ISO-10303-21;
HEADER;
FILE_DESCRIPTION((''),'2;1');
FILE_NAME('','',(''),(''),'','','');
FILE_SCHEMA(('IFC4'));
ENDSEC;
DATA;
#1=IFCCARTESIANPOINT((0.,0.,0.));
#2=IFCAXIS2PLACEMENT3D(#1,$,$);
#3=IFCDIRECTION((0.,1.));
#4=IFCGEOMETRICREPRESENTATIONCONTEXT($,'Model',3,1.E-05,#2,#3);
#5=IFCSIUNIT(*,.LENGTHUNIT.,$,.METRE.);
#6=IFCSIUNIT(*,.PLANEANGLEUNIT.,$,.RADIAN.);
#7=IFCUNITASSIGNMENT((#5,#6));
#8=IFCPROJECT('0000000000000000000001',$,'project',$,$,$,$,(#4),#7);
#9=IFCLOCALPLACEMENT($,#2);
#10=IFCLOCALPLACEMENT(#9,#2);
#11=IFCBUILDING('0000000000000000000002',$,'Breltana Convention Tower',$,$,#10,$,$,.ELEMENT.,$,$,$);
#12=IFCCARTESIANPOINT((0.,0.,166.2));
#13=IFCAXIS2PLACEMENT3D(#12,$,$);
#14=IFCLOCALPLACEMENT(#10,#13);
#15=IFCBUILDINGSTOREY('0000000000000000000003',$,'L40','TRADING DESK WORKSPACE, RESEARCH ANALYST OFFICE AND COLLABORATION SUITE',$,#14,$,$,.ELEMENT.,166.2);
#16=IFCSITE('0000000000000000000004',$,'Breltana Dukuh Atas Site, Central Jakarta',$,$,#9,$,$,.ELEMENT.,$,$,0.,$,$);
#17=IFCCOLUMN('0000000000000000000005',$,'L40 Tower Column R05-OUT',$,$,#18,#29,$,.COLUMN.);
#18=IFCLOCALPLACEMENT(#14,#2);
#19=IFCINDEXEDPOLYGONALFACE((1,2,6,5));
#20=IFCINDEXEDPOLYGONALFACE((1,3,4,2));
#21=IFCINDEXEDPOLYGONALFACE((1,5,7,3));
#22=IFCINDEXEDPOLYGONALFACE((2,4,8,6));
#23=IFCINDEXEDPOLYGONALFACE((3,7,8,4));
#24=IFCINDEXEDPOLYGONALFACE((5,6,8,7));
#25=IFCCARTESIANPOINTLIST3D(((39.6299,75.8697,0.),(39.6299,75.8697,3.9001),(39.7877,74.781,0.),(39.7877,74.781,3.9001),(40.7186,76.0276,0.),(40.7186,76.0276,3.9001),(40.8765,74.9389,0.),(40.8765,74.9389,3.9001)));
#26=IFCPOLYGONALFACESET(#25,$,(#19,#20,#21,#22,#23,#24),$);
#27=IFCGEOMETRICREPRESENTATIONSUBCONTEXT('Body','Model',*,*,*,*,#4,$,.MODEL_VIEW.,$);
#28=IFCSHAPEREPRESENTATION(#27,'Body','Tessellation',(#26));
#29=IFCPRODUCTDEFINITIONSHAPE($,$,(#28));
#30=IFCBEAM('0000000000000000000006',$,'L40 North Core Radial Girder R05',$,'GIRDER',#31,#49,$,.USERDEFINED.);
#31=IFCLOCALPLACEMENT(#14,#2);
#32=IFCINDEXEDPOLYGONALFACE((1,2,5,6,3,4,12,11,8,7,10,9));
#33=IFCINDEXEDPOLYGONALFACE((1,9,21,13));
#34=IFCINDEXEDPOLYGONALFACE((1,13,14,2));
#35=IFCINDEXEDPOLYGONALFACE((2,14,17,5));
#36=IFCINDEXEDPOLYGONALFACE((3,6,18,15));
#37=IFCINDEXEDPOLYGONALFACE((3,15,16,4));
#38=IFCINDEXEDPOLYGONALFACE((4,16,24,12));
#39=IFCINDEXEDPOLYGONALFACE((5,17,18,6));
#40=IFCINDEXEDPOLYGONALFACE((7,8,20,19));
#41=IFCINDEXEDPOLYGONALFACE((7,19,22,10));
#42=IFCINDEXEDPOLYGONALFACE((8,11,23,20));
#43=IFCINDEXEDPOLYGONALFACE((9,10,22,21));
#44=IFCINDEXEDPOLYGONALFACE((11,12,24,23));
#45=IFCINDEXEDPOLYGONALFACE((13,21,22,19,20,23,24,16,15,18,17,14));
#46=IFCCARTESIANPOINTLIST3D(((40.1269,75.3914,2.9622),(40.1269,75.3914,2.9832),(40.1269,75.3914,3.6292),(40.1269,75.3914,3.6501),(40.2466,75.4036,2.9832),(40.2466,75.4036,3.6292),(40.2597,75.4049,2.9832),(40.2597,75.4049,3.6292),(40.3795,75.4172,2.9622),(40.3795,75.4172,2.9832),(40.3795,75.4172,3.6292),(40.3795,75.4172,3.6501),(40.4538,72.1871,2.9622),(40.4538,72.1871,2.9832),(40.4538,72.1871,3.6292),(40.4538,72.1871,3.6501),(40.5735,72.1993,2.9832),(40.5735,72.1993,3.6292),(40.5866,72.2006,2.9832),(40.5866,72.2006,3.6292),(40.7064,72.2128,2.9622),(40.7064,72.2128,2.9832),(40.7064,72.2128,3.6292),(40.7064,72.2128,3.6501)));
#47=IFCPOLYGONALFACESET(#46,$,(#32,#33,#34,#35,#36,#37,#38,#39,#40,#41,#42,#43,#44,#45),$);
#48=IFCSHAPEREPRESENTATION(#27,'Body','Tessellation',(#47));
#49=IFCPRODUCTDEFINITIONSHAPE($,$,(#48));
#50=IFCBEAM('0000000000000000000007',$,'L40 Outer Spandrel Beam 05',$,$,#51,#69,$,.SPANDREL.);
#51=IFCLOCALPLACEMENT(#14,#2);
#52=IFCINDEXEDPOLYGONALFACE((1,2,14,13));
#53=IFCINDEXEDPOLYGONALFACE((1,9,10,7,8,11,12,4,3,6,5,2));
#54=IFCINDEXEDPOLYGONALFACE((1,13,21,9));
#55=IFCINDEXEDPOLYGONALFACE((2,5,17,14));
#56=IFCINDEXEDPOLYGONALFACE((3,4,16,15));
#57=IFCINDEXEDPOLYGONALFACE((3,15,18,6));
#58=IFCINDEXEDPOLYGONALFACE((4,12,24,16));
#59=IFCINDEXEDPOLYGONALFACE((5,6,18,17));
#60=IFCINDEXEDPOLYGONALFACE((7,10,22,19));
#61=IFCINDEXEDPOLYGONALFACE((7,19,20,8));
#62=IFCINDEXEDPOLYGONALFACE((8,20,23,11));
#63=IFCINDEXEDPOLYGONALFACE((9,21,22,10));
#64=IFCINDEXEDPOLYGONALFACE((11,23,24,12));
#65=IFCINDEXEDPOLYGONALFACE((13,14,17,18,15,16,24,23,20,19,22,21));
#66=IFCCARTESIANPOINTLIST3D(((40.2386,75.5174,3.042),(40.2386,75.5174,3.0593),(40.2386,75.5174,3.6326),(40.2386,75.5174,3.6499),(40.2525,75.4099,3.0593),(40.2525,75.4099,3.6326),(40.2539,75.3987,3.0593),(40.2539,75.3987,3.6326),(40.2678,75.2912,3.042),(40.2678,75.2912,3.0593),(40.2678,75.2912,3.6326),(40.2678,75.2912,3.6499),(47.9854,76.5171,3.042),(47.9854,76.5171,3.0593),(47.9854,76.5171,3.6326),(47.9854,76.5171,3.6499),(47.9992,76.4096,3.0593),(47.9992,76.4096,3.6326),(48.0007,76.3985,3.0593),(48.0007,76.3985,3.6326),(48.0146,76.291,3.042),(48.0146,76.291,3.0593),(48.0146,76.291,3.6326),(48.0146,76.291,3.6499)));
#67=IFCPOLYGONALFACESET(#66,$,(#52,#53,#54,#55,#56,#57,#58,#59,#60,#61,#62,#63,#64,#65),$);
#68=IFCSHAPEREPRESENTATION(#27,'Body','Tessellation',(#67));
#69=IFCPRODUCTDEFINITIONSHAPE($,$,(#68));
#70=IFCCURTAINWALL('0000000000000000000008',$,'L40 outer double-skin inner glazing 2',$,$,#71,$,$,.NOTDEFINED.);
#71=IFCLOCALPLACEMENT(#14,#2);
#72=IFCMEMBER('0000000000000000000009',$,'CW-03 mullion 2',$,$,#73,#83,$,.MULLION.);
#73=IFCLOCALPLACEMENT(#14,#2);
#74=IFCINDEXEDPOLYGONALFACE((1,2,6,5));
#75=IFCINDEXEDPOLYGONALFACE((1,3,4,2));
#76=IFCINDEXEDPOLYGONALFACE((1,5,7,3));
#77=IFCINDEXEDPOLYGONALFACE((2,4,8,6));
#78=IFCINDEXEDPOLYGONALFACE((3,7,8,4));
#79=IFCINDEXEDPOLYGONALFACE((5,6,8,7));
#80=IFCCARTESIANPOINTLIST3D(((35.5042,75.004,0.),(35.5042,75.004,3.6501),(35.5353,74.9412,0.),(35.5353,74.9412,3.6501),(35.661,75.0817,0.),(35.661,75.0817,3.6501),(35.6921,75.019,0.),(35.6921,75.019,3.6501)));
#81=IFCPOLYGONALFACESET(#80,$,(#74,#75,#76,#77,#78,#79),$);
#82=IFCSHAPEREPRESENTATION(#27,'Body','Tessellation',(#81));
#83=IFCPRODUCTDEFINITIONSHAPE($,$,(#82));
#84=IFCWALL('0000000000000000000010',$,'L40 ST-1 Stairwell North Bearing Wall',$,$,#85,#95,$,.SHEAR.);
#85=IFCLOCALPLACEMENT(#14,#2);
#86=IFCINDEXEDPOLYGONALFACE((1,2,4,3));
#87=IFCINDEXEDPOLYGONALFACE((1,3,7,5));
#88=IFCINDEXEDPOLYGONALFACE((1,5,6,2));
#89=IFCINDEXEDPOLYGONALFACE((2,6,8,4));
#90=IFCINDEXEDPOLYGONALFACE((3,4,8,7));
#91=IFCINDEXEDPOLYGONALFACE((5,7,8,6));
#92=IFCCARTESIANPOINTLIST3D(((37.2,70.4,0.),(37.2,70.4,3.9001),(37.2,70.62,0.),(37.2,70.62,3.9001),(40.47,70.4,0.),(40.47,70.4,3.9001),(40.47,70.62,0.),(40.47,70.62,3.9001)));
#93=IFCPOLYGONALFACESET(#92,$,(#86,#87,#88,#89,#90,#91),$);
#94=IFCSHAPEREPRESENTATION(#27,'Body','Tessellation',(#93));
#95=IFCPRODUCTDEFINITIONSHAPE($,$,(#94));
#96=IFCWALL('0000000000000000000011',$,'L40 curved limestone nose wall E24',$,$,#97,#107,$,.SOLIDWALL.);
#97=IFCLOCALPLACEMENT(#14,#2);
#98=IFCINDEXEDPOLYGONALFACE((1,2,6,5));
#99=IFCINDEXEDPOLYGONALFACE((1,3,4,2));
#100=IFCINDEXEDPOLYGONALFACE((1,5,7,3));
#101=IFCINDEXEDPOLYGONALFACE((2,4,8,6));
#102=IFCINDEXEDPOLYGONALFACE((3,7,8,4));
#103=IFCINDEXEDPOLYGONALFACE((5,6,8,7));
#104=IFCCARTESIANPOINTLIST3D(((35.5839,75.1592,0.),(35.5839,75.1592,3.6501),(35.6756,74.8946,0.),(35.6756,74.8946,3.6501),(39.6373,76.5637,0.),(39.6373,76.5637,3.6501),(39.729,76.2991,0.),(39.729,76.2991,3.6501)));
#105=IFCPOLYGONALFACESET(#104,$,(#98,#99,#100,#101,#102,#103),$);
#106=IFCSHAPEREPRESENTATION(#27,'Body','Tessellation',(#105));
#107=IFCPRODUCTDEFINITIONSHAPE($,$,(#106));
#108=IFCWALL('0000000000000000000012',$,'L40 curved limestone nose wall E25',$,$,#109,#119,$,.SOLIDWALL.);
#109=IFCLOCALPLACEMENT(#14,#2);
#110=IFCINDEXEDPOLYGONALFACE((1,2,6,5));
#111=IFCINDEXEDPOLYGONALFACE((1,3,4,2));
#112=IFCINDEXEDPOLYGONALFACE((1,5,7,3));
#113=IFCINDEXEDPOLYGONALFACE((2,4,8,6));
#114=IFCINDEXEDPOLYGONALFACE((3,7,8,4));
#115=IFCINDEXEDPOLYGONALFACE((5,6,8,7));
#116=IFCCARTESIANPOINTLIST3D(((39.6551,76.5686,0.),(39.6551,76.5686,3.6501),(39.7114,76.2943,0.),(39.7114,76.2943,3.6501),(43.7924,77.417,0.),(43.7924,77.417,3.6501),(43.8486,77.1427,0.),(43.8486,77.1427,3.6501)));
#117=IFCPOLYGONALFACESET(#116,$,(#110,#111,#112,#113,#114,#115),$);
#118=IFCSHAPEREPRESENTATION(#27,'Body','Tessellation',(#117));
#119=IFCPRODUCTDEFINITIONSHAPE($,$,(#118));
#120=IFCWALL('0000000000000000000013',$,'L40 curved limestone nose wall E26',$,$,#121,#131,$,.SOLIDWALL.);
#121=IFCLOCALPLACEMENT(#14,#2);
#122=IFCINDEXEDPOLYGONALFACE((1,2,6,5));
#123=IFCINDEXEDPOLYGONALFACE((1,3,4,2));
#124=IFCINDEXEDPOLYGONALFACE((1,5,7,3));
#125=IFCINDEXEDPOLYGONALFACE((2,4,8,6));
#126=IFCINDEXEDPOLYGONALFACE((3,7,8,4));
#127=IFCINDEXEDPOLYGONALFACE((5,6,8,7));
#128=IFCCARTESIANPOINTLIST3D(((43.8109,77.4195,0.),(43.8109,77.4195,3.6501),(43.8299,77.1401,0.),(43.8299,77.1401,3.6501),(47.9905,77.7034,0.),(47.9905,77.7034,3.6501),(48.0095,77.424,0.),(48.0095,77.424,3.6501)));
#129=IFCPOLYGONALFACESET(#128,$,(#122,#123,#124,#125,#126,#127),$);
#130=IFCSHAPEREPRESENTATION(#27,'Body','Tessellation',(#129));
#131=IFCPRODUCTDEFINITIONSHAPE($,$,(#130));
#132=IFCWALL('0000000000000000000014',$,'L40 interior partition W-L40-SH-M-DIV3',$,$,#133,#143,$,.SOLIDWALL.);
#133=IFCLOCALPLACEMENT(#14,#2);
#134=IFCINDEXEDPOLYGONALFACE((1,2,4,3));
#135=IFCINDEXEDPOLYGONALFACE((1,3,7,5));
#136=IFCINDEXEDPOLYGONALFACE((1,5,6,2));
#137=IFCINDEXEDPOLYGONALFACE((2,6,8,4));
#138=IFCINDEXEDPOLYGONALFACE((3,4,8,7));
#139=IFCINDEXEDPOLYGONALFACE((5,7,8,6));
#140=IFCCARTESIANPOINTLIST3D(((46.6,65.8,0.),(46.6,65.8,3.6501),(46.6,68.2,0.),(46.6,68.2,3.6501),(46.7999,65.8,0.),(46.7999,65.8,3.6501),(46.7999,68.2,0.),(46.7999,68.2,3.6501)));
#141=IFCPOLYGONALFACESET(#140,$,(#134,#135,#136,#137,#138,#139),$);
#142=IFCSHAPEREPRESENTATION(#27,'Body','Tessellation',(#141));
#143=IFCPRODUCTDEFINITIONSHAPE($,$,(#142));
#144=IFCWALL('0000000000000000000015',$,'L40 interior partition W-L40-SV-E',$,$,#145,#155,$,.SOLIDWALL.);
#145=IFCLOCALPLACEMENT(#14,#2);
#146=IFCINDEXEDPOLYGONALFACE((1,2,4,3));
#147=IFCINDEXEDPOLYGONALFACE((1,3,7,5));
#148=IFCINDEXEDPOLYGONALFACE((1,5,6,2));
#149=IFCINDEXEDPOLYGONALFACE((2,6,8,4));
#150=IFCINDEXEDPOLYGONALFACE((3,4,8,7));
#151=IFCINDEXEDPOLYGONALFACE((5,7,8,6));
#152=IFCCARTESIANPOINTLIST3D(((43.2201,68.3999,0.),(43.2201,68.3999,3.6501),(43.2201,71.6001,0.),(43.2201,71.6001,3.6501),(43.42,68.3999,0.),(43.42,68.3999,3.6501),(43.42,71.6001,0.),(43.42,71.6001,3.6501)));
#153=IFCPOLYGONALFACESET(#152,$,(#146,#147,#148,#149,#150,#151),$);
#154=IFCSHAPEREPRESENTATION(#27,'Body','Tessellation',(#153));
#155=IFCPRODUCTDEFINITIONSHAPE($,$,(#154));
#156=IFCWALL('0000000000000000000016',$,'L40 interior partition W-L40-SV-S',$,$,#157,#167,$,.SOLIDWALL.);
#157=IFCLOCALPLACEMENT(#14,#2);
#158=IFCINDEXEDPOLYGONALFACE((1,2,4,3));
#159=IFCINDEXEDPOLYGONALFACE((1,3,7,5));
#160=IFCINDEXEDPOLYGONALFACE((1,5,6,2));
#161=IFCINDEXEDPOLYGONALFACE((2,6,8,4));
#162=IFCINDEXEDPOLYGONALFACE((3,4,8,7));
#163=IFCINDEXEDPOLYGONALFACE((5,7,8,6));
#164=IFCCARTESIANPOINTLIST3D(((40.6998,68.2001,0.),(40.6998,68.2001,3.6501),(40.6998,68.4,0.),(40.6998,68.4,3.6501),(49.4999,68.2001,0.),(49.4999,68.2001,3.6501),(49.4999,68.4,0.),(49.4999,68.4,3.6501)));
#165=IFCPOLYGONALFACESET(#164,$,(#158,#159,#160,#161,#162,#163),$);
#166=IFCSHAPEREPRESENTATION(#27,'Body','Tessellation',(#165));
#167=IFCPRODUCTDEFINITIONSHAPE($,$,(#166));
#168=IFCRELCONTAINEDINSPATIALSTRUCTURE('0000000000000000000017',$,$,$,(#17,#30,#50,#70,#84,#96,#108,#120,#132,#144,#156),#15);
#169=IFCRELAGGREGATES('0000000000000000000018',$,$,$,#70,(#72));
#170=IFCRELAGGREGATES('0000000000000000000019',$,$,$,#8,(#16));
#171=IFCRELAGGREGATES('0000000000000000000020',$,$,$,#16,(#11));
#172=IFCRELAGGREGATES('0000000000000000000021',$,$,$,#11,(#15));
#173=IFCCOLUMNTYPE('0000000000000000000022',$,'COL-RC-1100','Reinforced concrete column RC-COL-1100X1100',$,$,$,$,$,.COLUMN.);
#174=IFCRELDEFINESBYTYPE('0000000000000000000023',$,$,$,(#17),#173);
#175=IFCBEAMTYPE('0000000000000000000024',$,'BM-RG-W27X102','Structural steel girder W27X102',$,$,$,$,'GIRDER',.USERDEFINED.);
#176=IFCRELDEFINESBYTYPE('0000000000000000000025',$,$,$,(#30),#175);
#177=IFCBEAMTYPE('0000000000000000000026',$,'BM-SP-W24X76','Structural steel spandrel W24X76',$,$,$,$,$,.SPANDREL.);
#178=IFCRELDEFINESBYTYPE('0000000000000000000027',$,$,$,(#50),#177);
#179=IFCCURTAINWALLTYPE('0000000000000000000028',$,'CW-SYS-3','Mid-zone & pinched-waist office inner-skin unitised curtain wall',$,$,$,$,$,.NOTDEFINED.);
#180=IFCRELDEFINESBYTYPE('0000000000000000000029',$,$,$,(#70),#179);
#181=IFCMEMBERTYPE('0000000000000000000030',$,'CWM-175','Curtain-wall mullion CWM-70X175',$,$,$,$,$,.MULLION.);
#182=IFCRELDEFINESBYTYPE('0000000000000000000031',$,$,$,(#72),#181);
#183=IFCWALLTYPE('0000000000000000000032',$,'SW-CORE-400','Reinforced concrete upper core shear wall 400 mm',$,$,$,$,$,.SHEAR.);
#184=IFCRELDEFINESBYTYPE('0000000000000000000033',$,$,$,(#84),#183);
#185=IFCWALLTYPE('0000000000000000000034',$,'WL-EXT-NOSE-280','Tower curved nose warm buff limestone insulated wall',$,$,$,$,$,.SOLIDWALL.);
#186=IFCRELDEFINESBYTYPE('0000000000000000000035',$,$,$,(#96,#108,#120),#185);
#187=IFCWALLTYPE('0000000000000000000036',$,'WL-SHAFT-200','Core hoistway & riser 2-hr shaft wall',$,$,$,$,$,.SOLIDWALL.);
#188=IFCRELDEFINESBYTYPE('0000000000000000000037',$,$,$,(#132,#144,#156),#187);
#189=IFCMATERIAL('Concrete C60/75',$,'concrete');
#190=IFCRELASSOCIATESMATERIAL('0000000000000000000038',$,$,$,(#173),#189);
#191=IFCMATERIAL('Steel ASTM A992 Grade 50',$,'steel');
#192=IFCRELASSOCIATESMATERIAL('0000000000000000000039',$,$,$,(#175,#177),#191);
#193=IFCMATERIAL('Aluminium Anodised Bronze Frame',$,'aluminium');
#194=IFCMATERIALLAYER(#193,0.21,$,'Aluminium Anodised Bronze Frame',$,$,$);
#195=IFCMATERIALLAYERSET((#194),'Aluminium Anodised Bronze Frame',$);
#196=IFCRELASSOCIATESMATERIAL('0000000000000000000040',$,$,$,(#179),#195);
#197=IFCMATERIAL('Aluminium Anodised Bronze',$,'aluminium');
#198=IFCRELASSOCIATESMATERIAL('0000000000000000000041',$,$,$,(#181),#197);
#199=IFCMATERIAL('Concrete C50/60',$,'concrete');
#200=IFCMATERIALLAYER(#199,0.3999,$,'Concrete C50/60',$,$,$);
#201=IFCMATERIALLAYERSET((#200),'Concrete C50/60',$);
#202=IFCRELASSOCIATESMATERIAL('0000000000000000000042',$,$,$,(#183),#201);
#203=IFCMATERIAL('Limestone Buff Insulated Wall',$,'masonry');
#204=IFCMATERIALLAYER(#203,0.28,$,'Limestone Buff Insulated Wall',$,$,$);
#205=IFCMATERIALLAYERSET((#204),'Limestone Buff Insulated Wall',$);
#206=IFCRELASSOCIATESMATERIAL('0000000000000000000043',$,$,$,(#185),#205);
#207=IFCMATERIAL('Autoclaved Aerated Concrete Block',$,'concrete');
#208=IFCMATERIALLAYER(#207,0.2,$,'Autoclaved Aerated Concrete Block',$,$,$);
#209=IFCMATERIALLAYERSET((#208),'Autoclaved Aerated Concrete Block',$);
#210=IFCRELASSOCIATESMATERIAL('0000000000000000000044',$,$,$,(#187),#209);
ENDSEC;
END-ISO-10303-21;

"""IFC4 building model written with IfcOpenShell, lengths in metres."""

from ifc_helpers import new_model, si_unit, direction, frame, frame_2d, origin, origin_2d, place, context, subcontext, project, spatial, rectangle, i_section, extrude, source, transform, mapped, material, layer, layer_set, material_profile, profile_set, type_object, element, aggregate, save


model = new_model("IFC4")

# Units and contexts
model_context = context("Model", 3, precision=1e-05, world=origin(), true_north=direction((0.0, 1.0)))
body_context = subcontext(model_context, "Body", "Model", "MODEL_VIEW")
ifc_project = project(units=[si_unit("LENGTHUNIT", "METRE"), si_unit("PLANEANGLEUNIT", "RADIAN")], contexts=[model_context])

# Site, building, storey
site_placement = place(None, origin())
site = spatial("IfcSite", under=ifc_project, at=site_placement, Name="Breltana Dukuh Atas Site, Central Jakarta", CompositionType="ELEMENT", RefElevation=0.0)
building_placement = place(site_placement, origin())
building = spatial("IfcBuilding", under=site, at=building_placement, Name="Breltana Convention Tower", CompositionType="ELEMENT")
storey_placement = place(building_placement, frame((0.0, 0.0, 166.2)))
storey = spatial("IfcBuildingStorey", under=building, at=storey_placement, Name="L40", Description="TRADING DESK WORKSPACE, RESEARCH ANALYST OFFICE AND COLLABORATION SUITE", CompositionType="ELEMENT", Elevation=166.2)

# Column
ifc_material_1 = material(Name="Concrete C60/75", Category="concrete")
ifc_material_profile_1 = material_profile(ifc_material_1, rectangle(XDim=1.1001, YDim=1.1001, at=origin_2d()), Name="RC-COL-1100X1100")
ifc_profile_set_1 = profile_set([ifc_material_profile_1], Name="Concrete C60/75")
column_type = type_object("IfcColumnType", Name="COL-RC-1100", Description="Reinforced concrete column RC-COL-1100X1100", PredefinedType="COLUMN", material=ifc_profile_set_1)
shared_shape_1 = source(origin(), body_context, "Body", "SweptSolid", [
    extrude(rectangle(XDim=1.1001, YDim=1.1001, at=origin_2d()), origin(), (0.0, 0.0, 1.0), 3.9001),
])
column_placement = place(storey_placement, frame((40.2532, 75.4043, 0.0), z_axis=(0.0, 0.0, 1.0), x_axis=(-0.143493, 0.989651, 0.0)))
element("IfcColumn", 1, at=column_placement, inside=storey, type_object=column_type, Name="L40 Tower Column R05-OUT", PredefinedType="COLUMN", context=body_context, shape_type="MappedRepresentation", body=[
    mapped(shared_shape_1, transform((0.0, 0.0, 0.0), scale=1.0)),
])

# Beams
ifc_material_2 = material(Name="Steel ASTM A992 Grade 50", Category="steel")
ifc_material_profile_2 = material_profile(ifc_material_2, i_section(OverallWidth=0.2539, OverallDepth=0.688, WebThickness=0.0132, FlangeThickness=0.021, at=origin_2d()), Name="W27X102")
ifc_profile_set_2 = profile_set([ifc_material_profile_2], Name="Steel ASTM A992 Grade 50")
beam_type_1 = type_object("IfcBeamType", Name="BM-RG-W27X102", Description="Structural steel girder W27X102", ElementType="GIRDER", PredefinedType="USERDEFINED", material=ifc_profile_set_2)
shared_shape_2 = source(origin(), body_context, "Body", "SweptSolid", [
    extrude(i_section(OverallWidth=0.2539, OverallDepth=0.688, WebThickness=0.0132, FlangeThickness=0.021, at=origin_2d()), origin(), (0.0, 0.0, 1.0), 3.2209),
])
beam_1_placement = place(storey_placement, frame((40.5801, 72.2, 3.3062), z_axis=(-0.101492, 0.994836, 0.0), x_axis=(-0.994836, -0.101492, 0.0)))
element("IfcBeam", 2, at=beam_1_placement, inside=storey, type_object=beam_type_1, Name="L40 North Core Radial Girder R05", ObjectType="GIRDER", PredefinedType="USERDEFINED", context=body_context, shape_type="MappedRepresentation", body=[
    mapped(shared_shape_2, transform((0.0, 0.0, 0.0), scale=1.0)),
])
ifc_material_profile_3 = material_profile(ifc_material_2, i_section(OverallWidth=0.228, OverallDepth=0.6079, WebThickness=0.0112, FlangeThickness=0.0173, at=origin_2d()), Name="W24X76")
ifc_profile_set_3 = profile_set([ifc_material_profile_3], Name="Steel ASTM A992 Grade 50")
beam_type_2 = type_object("IfcBeamType", Name="BM-SP-W24X76", Description="Structural steel spandrel W24X76", PredefinedType="SPANDREL", material=ifc_profile_set_3)
shared_shape_3 = source(origin(), body_context, "Body", "SweptSolid", [
    extrude(i_section(OverallWidth=0.228, OverallDepth=0.6079, WebThickness=0.0112, FlangeThickness=0.0173, at=origin_2d()), origin(), (0.0, 0.0, 1.0), 7.811),
])
beam_2_placement = place(storey_placement, frame((40.2532, 75.4043, 3.3459), z_axis=(0.991775, 0.127992, 0.0), x_axis=(-0.127992, 0.991775, 0.0)))
element("IfcBeam", 3, at=beam_2_placement, inside=storey, type_object=beam_type_2, Name="L40 Outer Spandrel Beam 05", PredefinedType="SPANDREL", context=body_context, shape_type="MappedRepresentation", body=[
    mapped(shared_shape_3, transform((0.0, 0.0, 0.0), scale=1.0)),
])

# Curtain wall, member
ifc_material_3 = material(Name="Aluminium Anodised Bronze Frame", Category="aluminium")
ifc_layer_1 = layer(ifc_material_3, 0.21, Name="Aluminium Anodised Bronze Frame")
ifc_layer_set_1 = layer_set([ifc_layer_1], Name="Aluminium Anodised Bronze Frame")
curtain_wall_type = type_object("IfcCurtainWallType", Name="CW-SYS-3", Description="Mid-zone & pinched-waist office inner-skin unitised curtain wall", PredefinedType="NOTDEFINED", material=ifc_layer_set_1)
curtain_wall_placement = place(storey_placement, origin())
curtain_wall = element("IfcCurtainWall", 4, at=curtain_wall_placement, inside=storey, type_object=curtain_wall_type, Name="L40 outer double-skin inner glazing 2", PredefinedType="NOTDEFINED")
ifc_material_4 = material(Name="Aluminium Anodised Bronze", Category="aluminium")
ifc_material_profile_4 = material_profile(ifc_material_4, rectangle(XDim=0.0701, YDim=0.175, at=origin_2d()), Name="CWM-70X175")
ifc_profile_set_4 = profile_set([ifc_material_profile_4], Name="Aluminium Anodised Bronze")
member_type = type_object("IfcMemberType", Name="CWM-175", Description="Curtain-wall mullion CWM-70X175", PredefinedType="MULLION", material=ifc_profile_set_4)
shared_shape_4 = source(origin(), body_context, "Body", "SweptSolid", [
    extrude(rectangle(XDim=0.0701, YDim=0.175, at=origin_2d()), origin(), (0.0, 0.0, 1.0), 3.6501),
])
member_placement = place(storey_placement, frame((35.5981, 75.0115, 0.0), z_axis=(0.0, 0.0, 1.0), x_axis=(-0.444118, 0.895968, 0.0)))
member = element("IfcMember", 5, at=member_placement, type_object=member_type, Name="CW-03 mullion 2", PredefinedType="MULLION", context=body_context, shape_type="MappedRepresentation", body=[
    mapped(shared_shape_4, transform((0.0, 0.0, 0.0), scale=1.0)),
])
aggregate(curtain_wall, [member])

# Walls
ifc_material_5 = material(Name="Concrete C50/60", Category="concrete")
ifc_layer_2 = layer(ifc_material_5, 0.3999, Name="Concrete C50/60")
ifc_layer_set_2 = layer_set([ifc_layer_2], Name="Concrete C50/60")
wall_type_1 = type_object("IfcWallType", Name="SW-CORE-400", Description="Reinforced concrete upper core shear wall 400 mm", PredefinedType="SHEAR", material=ifc_layer_set_2)
shared_shape_5 = source(origin(), body_context, "Body", "SweptSolid", [
    extrude(rectangle(XDim=3.27, YDim=0.22, at=frame_2d((1.635, 0.0))), origin(), (0.0, 0.0, 1.0), 3.9001),
])
wall_1_placement = place(storey_placement, frame((37.2, 70.51, 0.0), z_axis=(0.0, 0.0, 1.0), x_axis=(1.0, 0.0, 0.0)))
element("IfcWall", 6, at=wall_1_placement, inside=storey, type_object=wall_type_1, Name="L40 ST-1 Stairwell North Bearing Wall", PredefinedType="SHEAR", context=body_context, shape_type="MappedRepresentation", body=[
    mapped(shared_shape_5, transform((0.0, 0.0, 0.0), scale=1.0)),
])
ifc_material_6 = material(Name="Limestone Buff Insulated Wall", Category="masonry")
ifc_layer_3 = layer(ifc_material_6, 0.28, Name="Limestone Buff Insulated Wall")
ifc_layer_set_3 = layer_set([ifc_layer_3], Name="Limestone Buff Insulated Wall")
wall_type_2 = type_object("IfcWallType", Name="WL-EXT-NOSE-280", Description="Tower curved nose warm buff limestone insulated wall", PredefinedType="SOLIDWALL", material=ifc_layer_set_3)
shared_shape_6 = source(origin(), body_context, "Body", "SweptSolid", [
    extrude(rectangle(XDim=4.2898, YDim=0.28, at=frame_2d((2.145, 0.0))), origin(), (0.0, 0.0, 1.0), 3.6501),
])
wall_2_placement = place(storey_placement, frame((35.6296, 75.0269, 0.0), z_axis=(0.0, 0.0, 1.0), x_axis=(0.944884, 0.327406, 0.0)))
element("IfcWall", 7, at=wall_2_placement, inside=storey, type_object=wall_type_2, Name="L40 curved limestone nose wall E24", PredefinedType="SOLIDWALL", context=body_context, shape_type="MappedRepresentation", body=[
    mapped(shared_shape_6, transform((0.0, 0.0, 0.0), scale=1.0)),
])
shared_shape_7 = source(origin(), body_context, "Body", "SweptSolid", [
    extrude(rectangle(XDim=4.2234, YDim=0.28, at=frame_2d((2.1118, 0.0))), origin(), (0.0, 0.0, 1.0), 3.6501),
])
wall_3_placement = place(storey_placement, frame((39.6831, 76.4314, 0.0), z_axis=(0.0, 0.0, 1.0), x_axis=(0.979615, 0.200883, 0.0)))
element("IfcWall", 8, at=wall_3_placement, inside=storey, type_object=wall_type_2, Name="L40 curved limestone nose wall E25", PredefinedType="SOLIDWALL", context=body_context, shape_type="MappedRepresentation", body=[
    mapped(shared_shape_7, transform((0.0, 0.0, 0.0), scale=1.0)),
])
shared_shape_8 = source(origin(), body_context, "Body", "SweptSolid", [
    extrude(rectangle(XDim=4.1892, YDim=0.28, at=frame_2d((2.0947, 0.0))), origin(), (0.0, 0.0, 1.0), 3.6501),
])
wall_4_placement = place(storey_placement, frame((43.8203, 77.2798, 0.0), z_axis=(0.0, 0.0, 1.0), x_axis=(0.997701, 0.067776, 0.0)))
element("IfcWall", 9, at=wall_4_placement, inside=storey, type_object=wall_type_2, Name="L40 curved limestone nose wall E26", PredefinedType="SOLIDWALL", context=body_context, shape_type="MappedRepresentation", body=[
    mapped(shared_shape_8, transform((0.0, 0.0, 0.0), scale=1.0)),
])
ifc_material_7 = material(Name="Autoclaved Aerated Concrete Block", Category="concrete")
ifc_layer_4 = layer(ifc_material_7, 0.2, Name="Autoclaved Aerated Concrete Block")
ifc_layer_set_4 = layer_set([ifc_layer_4], Name="Autoclaved Aerated Concrete Block")
wall_type_3 = type_object("IfcWallType", Name="WL-SHAFT-200", Description="Core hoistway & riser 2-hr shaft wall", PredefinedType="SOLIDWALL", material=ifc_layer_set_4)
shared_shape_9 = source(origin(), body_context, "Body", "SweptSolid", [
    extrude(rectangle(XDim=2.3999, YDim=0.2, at=frame_2d((1.2, 0.0))), origin(), (0.0, 0.0, 1.0), 3.6501),
])
wall_5_placement = place(storey_placement, frame((46.7, 65.8, 0.0), z_axis=(0.0, 0.0, 1.0), x_axis=(0.0, 1.0, 0.0)))
element("IfcWall", 10, at=wall_5_placement, inside=storey, type_object=wall_type_3, Name="L40 interior partition W-L40-SH-M-DIV3", PredefinedType="SOLIDWALL", context=body_context, shape_type="MappedRepresentation", body=[
    mapped(shared_shape_9, transform((0.0, 0.0, 0.0), scale=1.0)),
])
shared_shape_10 = source(origin(), body_context, "Body", "SweptSolid", [
    extrude(rectangle(XDim=3.2002, YDim=0.2, at=frame_2d((1.6001, 0.0))), origin(), (0.0, 0.0, 1.0), 3.6501),
])
wall_6_placement = place(storey_placement, frame((43.3201, 68.3999, 0.0), z_axis=(0.0, 0.0, 1.0), x_axis=(0.0, 1.0, 0.0)))
element("IfcWall", 11, at=wall_6_placement, inside=storey, type_object=wall_type_3, Name="L40 interior partition W-L40-SV-E", PredefinedType="SOLIDWALL", context=body_context, shape_type="MappedRepresentation", body=[
    mapped(shared_shape_10, transform((0.0, 0.0, 0.0), scale=1.0)),
])
shared_shape_11 = source(origin(), body_context, "Body", "SweptSolid", [
    extrude(rectangle(XDim=8.8, YDim=0.2, at=frame_2d((4.3999, 0.0))), origin(), (0.0, 0.0, 1.0), 3.6501),
])
wall_7_placement = place(storey_placement, frame((40.7, 68.3, 0.0), z_axis=(0.0, 0.0, 1.0), x_axis=(1.0, 0.0, 0.0)))
element("IfcWall", 12, at=wall_7_placement, inside=storey, type_object=wall_type_3, Name="L40 interior partition W-L40-SV-S", PredefinedType="SOLIDWALL", context=body_context, shape_type="MappedRepresentation", body=[
    mapped(shared_shape_11, transform((0.0, 0.0, 0.0), scale=1.0)),
])

save(model, "model.ifc")
